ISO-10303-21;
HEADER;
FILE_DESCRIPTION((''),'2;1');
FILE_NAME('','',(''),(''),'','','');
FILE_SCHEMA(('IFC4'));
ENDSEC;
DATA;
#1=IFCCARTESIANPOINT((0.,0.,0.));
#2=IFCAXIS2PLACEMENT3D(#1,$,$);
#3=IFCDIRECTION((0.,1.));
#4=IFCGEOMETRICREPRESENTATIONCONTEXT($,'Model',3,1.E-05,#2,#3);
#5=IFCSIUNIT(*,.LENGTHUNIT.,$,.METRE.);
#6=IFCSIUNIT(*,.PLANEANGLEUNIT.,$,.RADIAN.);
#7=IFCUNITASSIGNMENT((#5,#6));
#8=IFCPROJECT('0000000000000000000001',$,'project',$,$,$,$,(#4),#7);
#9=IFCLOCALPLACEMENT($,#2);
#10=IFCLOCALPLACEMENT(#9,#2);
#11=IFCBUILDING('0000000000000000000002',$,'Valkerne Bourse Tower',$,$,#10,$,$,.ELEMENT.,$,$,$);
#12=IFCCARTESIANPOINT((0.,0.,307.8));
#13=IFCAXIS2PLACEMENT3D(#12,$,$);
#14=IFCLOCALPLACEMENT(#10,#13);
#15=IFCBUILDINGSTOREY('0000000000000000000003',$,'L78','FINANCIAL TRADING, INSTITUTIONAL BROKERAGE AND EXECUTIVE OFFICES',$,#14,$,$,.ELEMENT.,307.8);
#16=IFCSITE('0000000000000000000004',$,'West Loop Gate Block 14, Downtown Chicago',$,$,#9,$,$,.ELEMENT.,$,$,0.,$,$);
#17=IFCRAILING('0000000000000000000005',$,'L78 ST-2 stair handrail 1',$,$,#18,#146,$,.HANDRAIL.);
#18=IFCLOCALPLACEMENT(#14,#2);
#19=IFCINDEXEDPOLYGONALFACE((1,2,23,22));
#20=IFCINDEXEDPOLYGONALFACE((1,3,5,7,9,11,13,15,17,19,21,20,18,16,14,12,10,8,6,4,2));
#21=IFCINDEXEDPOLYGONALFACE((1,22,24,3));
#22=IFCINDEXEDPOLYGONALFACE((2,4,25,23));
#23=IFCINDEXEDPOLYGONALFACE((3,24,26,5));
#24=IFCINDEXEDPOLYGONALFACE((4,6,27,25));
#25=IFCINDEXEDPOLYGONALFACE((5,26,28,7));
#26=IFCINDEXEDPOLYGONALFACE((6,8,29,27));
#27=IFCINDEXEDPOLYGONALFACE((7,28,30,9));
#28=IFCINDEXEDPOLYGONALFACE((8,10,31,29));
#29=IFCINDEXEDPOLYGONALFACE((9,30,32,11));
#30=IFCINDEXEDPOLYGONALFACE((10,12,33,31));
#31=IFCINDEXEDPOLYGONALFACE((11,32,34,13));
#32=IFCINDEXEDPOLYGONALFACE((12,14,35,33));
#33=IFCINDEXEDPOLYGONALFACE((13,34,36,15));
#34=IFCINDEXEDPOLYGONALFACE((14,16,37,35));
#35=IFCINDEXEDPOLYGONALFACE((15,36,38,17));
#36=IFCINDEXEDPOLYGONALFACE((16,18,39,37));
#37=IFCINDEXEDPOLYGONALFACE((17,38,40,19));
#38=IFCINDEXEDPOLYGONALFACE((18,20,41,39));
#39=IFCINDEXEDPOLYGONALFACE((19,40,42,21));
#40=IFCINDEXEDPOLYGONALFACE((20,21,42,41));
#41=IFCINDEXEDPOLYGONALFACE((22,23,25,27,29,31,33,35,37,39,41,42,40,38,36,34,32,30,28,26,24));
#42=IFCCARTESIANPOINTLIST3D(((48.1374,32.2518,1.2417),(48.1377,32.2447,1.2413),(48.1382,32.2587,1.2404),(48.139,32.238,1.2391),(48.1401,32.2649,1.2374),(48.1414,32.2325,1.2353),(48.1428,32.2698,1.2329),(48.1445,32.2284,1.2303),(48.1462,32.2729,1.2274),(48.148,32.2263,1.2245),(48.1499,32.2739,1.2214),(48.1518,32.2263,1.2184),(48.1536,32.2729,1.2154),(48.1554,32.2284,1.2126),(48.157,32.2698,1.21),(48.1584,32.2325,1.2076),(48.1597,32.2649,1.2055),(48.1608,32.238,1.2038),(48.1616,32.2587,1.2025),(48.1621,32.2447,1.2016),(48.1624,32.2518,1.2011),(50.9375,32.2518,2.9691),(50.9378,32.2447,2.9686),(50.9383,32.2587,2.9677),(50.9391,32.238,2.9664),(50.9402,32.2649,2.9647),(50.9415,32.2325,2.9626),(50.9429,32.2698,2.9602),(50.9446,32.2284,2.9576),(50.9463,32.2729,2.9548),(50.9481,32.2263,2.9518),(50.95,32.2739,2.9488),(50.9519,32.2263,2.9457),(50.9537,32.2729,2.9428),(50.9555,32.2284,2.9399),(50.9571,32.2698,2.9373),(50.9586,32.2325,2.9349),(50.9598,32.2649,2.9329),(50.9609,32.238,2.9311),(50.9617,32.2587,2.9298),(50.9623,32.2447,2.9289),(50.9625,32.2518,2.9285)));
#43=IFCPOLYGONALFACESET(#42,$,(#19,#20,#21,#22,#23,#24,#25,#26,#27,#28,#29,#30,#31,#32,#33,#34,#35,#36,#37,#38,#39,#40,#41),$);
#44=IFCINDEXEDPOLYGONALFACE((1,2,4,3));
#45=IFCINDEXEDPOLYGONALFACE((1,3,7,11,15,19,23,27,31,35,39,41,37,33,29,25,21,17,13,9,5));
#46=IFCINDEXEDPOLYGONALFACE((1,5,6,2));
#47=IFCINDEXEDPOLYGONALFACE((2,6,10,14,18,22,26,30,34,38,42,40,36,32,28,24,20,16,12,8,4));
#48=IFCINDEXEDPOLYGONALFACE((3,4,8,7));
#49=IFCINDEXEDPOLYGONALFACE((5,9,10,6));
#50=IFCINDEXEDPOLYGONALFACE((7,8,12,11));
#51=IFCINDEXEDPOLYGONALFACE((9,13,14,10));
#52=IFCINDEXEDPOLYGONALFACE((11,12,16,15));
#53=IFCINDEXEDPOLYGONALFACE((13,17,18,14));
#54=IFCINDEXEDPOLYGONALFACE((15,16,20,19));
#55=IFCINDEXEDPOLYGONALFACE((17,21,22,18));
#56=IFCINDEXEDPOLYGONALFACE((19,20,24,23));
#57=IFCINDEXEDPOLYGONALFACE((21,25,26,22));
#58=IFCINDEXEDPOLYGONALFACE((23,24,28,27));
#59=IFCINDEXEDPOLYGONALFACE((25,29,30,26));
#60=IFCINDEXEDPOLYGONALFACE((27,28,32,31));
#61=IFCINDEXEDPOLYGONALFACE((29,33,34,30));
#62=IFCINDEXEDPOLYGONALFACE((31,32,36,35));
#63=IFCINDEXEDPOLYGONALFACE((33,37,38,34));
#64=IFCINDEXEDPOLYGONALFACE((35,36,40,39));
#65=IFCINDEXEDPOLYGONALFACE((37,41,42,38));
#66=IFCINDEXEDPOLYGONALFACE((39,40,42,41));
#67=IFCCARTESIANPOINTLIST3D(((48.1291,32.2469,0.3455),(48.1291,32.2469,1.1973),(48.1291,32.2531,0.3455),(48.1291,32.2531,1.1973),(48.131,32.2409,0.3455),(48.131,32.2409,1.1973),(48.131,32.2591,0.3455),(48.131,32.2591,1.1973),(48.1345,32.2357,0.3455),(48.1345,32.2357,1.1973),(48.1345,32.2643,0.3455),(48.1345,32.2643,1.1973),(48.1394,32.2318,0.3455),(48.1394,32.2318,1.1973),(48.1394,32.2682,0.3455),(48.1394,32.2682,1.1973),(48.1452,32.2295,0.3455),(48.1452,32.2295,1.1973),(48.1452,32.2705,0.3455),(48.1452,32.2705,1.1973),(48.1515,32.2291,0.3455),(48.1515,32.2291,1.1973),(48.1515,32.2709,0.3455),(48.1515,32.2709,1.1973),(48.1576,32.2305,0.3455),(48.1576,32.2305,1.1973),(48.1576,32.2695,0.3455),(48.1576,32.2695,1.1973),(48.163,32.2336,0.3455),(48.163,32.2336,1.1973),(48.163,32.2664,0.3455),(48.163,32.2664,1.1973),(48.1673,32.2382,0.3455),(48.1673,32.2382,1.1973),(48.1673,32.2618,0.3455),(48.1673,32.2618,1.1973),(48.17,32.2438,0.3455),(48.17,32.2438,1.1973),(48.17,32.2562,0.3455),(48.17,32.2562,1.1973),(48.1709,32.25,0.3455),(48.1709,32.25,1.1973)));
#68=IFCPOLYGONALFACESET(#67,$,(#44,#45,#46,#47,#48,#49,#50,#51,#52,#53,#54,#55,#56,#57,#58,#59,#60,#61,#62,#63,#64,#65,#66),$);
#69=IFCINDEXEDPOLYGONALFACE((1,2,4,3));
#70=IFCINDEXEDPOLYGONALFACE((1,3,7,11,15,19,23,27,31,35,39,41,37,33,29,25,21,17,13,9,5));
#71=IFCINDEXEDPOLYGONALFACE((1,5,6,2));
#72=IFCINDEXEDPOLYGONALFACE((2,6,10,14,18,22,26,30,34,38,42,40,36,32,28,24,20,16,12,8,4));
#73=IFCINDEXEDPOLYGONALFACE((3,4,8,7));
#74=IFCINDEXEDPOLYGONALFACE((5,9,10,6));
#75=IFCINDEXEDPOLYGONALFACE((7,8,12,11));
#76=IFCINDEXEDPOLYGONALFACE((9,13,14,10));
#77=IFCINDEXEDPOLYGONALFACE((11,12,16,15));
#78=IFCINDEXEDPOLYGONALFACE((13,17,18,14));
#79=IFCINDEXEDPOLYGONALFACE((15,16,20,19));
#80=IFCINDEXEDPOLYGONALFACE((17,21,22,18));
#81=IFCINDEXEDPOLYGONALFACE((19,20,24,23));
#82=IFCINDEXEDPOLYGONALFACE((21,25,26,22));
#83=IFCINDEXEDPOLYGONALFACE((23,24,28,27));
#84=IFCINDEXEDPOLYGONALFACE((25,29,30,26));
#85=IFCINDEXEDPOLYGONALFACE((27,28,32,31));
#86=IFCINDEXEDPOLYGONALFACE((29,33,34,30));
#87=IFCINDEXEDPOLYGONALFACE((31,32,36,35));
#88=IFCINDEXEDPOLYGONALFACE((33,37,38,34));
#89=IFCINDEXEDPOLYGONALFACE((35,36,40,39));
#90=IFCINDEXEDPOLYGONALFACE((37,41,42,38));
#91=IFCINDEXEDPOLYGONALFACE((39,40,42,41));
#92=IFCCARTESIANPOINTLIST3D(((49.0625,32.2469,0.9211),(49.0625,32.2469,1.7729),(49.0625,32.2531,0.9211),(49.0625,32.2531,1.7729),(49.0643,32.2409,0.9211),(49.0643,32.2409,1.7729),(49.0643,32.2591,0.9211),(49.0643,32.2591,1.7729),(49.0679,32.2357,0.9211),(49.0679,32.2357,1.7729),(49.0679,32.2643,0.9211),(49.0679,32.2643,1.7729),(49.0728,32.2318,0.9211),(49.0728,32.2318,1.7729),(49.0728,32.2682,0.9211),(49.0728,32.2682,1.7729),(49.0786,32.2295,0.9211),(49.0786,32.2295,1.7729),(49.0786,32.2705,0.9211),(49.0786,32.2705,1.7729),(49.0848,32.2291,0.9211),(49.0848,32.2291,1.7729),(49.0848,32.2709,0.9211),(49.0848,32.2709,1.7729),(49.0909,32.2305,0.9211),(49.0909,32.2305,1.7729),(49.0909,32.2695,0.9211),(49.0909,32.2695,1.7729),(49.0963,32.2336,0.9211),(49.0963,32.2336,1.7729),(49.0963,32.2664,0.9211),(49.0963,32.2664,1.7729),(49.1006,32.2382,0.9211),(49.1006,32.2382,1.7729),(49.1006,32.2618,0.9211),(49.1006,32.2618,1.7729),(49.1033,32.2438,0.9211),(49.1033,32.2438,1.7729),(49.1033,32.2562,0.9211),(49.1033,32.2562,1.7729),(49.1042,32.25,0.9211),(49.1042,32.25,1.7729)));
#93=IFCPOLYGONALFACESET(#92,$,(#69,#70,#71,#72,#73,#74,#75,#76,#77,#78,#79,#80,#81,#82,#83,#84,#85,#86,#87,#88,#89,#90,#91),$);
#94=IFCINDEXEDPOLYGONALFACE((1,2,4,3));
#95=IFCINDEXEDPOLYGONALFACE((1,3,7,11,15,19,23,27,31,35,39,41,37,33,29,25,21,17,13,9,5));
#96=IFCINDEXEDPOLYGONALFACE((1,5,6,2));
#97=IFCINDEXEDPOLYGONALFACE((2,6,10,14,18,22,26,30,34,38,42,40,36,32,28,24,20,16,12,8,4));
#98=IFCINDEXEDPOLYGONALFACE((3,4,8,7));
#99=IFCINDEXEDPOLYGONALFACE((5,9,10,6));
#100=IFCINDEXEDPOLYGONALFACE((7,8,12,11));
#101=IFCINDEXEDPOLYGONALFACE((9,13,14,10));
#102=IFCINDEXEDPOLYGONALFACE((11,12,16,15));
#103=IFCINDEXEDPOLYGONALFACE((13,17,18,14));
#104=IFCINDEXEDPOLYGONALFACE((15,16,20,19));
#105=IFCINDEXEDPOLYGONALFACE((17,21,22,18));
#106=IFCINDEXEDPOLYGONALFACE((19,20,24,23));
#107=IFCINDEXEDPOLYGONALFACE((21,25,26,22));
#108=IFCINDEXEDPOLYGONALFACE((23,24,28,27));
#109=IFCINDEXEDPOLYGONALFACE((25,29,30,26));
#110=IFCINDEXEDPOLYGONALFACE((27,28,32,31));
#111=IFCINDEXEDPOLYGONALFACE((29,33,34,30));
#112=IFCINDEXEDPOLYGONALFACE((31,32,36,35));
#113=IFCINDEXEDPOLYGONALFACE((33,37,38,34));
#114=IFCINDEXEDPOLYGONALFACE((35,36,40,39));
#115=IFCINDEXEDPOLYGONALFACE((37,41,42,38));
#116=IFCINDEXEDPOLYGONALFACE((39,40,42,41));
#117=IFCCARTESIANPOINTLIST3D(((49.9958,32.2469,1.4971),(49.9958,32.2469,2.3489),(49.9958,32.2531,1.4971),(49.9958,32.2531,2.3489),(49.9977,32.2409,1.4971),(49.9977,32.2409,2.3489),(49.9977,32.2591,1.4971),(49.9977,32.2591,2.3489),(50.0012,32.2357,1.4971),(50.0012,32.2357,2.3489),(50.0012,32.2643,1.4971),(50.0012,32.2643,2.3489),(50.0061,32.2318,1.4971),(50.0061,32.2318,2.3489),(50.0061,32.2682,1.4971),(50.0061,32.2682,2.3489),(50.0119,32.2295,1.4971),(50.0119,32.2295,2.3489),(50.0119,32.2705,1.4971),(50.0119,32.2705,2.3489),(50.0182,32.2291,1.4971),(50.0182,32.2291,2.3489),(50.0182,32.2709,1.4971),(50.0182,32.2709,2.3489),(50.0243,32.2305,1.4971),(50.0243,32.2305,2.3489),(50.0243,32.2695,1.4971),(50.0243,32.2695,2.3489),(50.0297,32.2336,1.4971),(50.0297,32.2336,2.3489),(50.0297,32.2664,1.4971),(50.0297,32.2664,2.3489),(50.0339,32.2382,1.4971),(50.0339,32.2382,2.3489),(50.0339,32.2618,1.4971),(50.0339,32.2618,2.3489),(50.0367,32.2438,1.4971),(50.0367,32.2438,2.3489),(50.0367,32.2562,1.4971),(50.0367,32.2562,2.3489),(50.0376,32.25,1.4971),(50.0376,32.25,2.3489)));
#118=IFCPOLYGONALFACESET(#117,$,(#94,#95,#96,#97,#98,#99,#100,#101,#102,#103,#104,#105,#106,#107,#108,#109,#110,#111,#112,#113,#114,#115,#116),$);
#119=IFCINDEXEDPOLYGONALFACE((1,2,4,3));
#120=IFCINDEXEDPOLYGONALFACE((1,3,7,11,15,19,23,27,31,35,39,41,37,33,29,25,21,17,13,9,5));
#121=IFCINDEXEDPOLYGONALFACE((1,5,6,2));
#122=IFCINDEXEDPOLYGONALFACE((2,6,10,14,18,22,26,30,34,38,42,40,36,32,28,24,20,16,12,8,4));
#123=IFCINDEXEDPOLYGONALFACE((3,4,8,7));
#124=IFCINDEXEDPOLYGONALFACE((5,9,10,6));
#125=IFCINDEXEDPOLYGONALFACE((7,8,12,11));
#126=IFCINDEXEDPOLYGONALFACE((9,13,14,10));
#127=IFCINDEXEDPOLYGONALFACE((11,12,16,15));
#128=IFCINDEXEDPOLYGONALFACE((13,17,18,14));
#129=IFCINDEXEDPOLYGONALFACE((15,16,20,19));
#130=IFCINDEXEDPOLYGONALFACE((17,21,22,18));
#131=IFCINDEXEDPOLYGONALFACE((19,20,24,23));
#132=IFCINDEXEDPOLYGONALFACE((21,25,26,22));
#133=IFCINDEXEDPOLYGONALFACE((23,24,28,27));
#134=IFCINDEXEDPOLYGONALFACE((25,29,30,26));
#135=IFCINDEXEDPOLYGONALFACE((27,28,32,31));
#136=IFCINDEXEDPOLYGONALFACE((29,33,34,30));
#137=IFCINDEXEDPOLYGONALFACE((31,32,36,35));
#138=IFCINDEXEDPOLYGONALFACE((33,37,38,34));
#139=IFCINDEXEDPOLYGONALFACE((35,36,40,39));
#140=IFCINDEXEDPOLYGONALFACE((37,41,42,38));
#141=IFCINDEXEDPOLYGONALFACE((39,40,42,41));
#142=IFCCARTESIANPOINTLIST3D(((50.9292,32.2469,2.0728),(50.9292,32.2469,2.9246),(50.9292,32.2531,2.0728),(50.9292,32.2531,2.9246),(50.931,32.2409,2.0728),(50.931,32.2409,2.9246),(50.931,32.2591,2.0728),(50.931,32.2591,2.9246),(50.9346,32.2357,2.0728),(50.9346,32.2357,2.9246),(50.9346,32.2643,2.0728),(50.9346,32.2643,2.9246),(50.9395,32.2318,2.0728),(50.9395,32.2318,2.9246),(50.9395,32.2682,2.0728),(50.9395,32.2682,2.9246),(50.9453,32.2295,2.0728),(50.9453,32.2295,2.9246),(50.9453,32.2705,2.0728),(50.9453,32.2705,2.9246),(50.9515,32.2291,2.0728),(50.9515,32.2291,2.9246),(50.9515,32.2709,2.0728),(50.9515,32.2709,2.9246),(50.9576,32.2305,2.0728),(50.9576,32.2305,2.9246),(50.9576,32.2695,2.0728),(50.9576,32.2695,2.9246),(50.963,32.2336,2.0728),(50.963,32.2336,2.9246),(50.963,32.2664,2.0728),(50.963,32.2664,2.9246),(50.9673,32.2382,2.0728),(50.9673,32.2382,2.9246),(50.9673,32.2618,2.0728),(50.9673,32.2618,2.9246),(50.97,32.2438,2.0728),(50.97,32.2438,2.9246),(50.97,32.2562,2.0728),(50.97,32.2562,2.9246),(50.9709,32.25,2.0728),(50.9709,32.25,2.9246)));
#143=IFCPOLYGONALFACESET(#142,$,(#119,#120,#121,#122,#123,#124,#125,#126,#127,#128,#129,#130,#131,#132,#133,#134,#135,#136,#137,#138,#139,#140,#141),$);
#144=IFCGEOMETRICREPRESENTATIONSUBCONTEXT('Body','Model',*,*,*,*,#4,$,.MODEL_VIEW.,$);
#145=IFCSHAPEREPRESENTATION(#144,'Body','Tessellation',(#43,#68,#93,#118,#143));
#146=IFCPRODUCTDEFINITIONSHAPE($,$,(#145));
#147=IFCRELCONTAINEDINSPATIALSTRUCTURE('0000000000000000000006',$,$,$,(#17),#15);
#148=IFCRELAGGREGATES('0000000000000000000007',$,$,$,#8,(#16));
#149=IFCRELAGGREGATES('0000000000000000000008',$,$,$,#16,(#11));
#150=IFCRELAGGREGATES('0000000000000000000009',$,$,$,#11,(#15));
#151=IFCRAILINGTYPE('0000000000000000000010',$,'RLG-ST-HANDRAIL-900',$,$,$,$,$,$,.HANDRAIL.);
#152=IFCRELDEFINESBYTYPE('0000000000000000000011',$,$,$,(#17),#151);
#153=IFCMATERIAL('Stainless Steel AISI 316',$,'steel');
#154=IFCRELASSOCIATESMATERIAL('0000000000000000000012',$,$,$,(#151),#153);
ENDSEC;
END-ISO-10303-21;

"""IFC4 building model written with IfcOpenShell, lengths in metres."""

from ifc_helpers import new_model, si_unit, direction, frame, origin, origin_2d, place, context, subcontext, project, spatial, circle, extrude, material, type_object, element, save


model = new_model("IFC4")

# Units and contexts
model_context = context("Model", 3, precision=1e-05, world=origin(), true_north=direction((0.0, 1.0)))
body_context = subcontext(model_context, "Body", "Model", "MODEL_VIEW")
ifc_project = project(units=[si_unit("LENGTHUNIT", "METRE"), si_unit("PLANEANGLEUNIT", "RADIAN")], contexts=[model_context])

# Site, building, storey
site_placement = place(None, origin())
site = spatial("IfcSite", under=ifc_project, at=site_placement, Name="West Loop Gate Block 14, Downtown Chicago", CompositionType="ELEMENT", RefElevation=0.0)
building_placement = place(site_placement, origin())
building = spatial("IfcBuilding", under=site, at=building_placement, Name="Valkerne Bourse Tower", CompositionType="ELEMENT")
storey_placement = place(building_placement, frame((0.0, 0.0, 307.8)))
storey = spatial("IfcBuildingStorey", under=building, at=storey_placement, Name="L78", Description="FINANCIAL TRADING, INSTITUTIONAL BROKERAGE AND EXECUTIVE OFFICES", CompositionType="ELEMENT", Elevation=307.8)

# Shared definitions
ifc_material_1 = material(Name="Stainless Steel AISI 316", Category="steel")

# Railing
railing_type_1 = type_object("IfcRailingType", Name="RLG-ST-HANDRAIL-900", PredefinedType="HANDRAIL", material=ifc_material_1)
railing_1_placement = place(storey_placement, frame((48.1499, 32.25, 0.3455)))
element("IfcRailing", 1, at=railing_1_placement, inside=storey, type_object=railing_type_1, Name="L78 ST-2 stair handrail 1", PredefinedType="HANDRAIL", context=body_context, shape_type="SweptSolid", body=[
    extrude(circle(Radius=0.0239, at=origin_2d()), frame((0.0, 0.0, 0.876), z_axis=(0.85109, 0.0, 0.52502), x_axis=(0.0, 1.0, 0.0)), (0.0, 0.0, 1.0), 3.29),
    extrude(circle(Radius=0.021, at=origin_2d()), origin(), (0.0, 0.0, 1.0), 0.8518),
    extrude(circle(Radius=0.021, at=origin_2d()), frame((0.9333, 0.0, 0.5757)), (0.0, 0.0, 1.0), 0.8518),
    extrude(circle(Radius=0.021, at=origin_2d()), frame((1.8667, 0.0, 1.1516)), (0.0, 0.0, 1.0), 0.8518),
    extrude(circle(Radius=0.021, at=origin_2d()), frame((2.8, 0.0, 1.7273)), (0.0, 0.0, 1.0), 0.8518),
])

save(model, "model.ifc")
